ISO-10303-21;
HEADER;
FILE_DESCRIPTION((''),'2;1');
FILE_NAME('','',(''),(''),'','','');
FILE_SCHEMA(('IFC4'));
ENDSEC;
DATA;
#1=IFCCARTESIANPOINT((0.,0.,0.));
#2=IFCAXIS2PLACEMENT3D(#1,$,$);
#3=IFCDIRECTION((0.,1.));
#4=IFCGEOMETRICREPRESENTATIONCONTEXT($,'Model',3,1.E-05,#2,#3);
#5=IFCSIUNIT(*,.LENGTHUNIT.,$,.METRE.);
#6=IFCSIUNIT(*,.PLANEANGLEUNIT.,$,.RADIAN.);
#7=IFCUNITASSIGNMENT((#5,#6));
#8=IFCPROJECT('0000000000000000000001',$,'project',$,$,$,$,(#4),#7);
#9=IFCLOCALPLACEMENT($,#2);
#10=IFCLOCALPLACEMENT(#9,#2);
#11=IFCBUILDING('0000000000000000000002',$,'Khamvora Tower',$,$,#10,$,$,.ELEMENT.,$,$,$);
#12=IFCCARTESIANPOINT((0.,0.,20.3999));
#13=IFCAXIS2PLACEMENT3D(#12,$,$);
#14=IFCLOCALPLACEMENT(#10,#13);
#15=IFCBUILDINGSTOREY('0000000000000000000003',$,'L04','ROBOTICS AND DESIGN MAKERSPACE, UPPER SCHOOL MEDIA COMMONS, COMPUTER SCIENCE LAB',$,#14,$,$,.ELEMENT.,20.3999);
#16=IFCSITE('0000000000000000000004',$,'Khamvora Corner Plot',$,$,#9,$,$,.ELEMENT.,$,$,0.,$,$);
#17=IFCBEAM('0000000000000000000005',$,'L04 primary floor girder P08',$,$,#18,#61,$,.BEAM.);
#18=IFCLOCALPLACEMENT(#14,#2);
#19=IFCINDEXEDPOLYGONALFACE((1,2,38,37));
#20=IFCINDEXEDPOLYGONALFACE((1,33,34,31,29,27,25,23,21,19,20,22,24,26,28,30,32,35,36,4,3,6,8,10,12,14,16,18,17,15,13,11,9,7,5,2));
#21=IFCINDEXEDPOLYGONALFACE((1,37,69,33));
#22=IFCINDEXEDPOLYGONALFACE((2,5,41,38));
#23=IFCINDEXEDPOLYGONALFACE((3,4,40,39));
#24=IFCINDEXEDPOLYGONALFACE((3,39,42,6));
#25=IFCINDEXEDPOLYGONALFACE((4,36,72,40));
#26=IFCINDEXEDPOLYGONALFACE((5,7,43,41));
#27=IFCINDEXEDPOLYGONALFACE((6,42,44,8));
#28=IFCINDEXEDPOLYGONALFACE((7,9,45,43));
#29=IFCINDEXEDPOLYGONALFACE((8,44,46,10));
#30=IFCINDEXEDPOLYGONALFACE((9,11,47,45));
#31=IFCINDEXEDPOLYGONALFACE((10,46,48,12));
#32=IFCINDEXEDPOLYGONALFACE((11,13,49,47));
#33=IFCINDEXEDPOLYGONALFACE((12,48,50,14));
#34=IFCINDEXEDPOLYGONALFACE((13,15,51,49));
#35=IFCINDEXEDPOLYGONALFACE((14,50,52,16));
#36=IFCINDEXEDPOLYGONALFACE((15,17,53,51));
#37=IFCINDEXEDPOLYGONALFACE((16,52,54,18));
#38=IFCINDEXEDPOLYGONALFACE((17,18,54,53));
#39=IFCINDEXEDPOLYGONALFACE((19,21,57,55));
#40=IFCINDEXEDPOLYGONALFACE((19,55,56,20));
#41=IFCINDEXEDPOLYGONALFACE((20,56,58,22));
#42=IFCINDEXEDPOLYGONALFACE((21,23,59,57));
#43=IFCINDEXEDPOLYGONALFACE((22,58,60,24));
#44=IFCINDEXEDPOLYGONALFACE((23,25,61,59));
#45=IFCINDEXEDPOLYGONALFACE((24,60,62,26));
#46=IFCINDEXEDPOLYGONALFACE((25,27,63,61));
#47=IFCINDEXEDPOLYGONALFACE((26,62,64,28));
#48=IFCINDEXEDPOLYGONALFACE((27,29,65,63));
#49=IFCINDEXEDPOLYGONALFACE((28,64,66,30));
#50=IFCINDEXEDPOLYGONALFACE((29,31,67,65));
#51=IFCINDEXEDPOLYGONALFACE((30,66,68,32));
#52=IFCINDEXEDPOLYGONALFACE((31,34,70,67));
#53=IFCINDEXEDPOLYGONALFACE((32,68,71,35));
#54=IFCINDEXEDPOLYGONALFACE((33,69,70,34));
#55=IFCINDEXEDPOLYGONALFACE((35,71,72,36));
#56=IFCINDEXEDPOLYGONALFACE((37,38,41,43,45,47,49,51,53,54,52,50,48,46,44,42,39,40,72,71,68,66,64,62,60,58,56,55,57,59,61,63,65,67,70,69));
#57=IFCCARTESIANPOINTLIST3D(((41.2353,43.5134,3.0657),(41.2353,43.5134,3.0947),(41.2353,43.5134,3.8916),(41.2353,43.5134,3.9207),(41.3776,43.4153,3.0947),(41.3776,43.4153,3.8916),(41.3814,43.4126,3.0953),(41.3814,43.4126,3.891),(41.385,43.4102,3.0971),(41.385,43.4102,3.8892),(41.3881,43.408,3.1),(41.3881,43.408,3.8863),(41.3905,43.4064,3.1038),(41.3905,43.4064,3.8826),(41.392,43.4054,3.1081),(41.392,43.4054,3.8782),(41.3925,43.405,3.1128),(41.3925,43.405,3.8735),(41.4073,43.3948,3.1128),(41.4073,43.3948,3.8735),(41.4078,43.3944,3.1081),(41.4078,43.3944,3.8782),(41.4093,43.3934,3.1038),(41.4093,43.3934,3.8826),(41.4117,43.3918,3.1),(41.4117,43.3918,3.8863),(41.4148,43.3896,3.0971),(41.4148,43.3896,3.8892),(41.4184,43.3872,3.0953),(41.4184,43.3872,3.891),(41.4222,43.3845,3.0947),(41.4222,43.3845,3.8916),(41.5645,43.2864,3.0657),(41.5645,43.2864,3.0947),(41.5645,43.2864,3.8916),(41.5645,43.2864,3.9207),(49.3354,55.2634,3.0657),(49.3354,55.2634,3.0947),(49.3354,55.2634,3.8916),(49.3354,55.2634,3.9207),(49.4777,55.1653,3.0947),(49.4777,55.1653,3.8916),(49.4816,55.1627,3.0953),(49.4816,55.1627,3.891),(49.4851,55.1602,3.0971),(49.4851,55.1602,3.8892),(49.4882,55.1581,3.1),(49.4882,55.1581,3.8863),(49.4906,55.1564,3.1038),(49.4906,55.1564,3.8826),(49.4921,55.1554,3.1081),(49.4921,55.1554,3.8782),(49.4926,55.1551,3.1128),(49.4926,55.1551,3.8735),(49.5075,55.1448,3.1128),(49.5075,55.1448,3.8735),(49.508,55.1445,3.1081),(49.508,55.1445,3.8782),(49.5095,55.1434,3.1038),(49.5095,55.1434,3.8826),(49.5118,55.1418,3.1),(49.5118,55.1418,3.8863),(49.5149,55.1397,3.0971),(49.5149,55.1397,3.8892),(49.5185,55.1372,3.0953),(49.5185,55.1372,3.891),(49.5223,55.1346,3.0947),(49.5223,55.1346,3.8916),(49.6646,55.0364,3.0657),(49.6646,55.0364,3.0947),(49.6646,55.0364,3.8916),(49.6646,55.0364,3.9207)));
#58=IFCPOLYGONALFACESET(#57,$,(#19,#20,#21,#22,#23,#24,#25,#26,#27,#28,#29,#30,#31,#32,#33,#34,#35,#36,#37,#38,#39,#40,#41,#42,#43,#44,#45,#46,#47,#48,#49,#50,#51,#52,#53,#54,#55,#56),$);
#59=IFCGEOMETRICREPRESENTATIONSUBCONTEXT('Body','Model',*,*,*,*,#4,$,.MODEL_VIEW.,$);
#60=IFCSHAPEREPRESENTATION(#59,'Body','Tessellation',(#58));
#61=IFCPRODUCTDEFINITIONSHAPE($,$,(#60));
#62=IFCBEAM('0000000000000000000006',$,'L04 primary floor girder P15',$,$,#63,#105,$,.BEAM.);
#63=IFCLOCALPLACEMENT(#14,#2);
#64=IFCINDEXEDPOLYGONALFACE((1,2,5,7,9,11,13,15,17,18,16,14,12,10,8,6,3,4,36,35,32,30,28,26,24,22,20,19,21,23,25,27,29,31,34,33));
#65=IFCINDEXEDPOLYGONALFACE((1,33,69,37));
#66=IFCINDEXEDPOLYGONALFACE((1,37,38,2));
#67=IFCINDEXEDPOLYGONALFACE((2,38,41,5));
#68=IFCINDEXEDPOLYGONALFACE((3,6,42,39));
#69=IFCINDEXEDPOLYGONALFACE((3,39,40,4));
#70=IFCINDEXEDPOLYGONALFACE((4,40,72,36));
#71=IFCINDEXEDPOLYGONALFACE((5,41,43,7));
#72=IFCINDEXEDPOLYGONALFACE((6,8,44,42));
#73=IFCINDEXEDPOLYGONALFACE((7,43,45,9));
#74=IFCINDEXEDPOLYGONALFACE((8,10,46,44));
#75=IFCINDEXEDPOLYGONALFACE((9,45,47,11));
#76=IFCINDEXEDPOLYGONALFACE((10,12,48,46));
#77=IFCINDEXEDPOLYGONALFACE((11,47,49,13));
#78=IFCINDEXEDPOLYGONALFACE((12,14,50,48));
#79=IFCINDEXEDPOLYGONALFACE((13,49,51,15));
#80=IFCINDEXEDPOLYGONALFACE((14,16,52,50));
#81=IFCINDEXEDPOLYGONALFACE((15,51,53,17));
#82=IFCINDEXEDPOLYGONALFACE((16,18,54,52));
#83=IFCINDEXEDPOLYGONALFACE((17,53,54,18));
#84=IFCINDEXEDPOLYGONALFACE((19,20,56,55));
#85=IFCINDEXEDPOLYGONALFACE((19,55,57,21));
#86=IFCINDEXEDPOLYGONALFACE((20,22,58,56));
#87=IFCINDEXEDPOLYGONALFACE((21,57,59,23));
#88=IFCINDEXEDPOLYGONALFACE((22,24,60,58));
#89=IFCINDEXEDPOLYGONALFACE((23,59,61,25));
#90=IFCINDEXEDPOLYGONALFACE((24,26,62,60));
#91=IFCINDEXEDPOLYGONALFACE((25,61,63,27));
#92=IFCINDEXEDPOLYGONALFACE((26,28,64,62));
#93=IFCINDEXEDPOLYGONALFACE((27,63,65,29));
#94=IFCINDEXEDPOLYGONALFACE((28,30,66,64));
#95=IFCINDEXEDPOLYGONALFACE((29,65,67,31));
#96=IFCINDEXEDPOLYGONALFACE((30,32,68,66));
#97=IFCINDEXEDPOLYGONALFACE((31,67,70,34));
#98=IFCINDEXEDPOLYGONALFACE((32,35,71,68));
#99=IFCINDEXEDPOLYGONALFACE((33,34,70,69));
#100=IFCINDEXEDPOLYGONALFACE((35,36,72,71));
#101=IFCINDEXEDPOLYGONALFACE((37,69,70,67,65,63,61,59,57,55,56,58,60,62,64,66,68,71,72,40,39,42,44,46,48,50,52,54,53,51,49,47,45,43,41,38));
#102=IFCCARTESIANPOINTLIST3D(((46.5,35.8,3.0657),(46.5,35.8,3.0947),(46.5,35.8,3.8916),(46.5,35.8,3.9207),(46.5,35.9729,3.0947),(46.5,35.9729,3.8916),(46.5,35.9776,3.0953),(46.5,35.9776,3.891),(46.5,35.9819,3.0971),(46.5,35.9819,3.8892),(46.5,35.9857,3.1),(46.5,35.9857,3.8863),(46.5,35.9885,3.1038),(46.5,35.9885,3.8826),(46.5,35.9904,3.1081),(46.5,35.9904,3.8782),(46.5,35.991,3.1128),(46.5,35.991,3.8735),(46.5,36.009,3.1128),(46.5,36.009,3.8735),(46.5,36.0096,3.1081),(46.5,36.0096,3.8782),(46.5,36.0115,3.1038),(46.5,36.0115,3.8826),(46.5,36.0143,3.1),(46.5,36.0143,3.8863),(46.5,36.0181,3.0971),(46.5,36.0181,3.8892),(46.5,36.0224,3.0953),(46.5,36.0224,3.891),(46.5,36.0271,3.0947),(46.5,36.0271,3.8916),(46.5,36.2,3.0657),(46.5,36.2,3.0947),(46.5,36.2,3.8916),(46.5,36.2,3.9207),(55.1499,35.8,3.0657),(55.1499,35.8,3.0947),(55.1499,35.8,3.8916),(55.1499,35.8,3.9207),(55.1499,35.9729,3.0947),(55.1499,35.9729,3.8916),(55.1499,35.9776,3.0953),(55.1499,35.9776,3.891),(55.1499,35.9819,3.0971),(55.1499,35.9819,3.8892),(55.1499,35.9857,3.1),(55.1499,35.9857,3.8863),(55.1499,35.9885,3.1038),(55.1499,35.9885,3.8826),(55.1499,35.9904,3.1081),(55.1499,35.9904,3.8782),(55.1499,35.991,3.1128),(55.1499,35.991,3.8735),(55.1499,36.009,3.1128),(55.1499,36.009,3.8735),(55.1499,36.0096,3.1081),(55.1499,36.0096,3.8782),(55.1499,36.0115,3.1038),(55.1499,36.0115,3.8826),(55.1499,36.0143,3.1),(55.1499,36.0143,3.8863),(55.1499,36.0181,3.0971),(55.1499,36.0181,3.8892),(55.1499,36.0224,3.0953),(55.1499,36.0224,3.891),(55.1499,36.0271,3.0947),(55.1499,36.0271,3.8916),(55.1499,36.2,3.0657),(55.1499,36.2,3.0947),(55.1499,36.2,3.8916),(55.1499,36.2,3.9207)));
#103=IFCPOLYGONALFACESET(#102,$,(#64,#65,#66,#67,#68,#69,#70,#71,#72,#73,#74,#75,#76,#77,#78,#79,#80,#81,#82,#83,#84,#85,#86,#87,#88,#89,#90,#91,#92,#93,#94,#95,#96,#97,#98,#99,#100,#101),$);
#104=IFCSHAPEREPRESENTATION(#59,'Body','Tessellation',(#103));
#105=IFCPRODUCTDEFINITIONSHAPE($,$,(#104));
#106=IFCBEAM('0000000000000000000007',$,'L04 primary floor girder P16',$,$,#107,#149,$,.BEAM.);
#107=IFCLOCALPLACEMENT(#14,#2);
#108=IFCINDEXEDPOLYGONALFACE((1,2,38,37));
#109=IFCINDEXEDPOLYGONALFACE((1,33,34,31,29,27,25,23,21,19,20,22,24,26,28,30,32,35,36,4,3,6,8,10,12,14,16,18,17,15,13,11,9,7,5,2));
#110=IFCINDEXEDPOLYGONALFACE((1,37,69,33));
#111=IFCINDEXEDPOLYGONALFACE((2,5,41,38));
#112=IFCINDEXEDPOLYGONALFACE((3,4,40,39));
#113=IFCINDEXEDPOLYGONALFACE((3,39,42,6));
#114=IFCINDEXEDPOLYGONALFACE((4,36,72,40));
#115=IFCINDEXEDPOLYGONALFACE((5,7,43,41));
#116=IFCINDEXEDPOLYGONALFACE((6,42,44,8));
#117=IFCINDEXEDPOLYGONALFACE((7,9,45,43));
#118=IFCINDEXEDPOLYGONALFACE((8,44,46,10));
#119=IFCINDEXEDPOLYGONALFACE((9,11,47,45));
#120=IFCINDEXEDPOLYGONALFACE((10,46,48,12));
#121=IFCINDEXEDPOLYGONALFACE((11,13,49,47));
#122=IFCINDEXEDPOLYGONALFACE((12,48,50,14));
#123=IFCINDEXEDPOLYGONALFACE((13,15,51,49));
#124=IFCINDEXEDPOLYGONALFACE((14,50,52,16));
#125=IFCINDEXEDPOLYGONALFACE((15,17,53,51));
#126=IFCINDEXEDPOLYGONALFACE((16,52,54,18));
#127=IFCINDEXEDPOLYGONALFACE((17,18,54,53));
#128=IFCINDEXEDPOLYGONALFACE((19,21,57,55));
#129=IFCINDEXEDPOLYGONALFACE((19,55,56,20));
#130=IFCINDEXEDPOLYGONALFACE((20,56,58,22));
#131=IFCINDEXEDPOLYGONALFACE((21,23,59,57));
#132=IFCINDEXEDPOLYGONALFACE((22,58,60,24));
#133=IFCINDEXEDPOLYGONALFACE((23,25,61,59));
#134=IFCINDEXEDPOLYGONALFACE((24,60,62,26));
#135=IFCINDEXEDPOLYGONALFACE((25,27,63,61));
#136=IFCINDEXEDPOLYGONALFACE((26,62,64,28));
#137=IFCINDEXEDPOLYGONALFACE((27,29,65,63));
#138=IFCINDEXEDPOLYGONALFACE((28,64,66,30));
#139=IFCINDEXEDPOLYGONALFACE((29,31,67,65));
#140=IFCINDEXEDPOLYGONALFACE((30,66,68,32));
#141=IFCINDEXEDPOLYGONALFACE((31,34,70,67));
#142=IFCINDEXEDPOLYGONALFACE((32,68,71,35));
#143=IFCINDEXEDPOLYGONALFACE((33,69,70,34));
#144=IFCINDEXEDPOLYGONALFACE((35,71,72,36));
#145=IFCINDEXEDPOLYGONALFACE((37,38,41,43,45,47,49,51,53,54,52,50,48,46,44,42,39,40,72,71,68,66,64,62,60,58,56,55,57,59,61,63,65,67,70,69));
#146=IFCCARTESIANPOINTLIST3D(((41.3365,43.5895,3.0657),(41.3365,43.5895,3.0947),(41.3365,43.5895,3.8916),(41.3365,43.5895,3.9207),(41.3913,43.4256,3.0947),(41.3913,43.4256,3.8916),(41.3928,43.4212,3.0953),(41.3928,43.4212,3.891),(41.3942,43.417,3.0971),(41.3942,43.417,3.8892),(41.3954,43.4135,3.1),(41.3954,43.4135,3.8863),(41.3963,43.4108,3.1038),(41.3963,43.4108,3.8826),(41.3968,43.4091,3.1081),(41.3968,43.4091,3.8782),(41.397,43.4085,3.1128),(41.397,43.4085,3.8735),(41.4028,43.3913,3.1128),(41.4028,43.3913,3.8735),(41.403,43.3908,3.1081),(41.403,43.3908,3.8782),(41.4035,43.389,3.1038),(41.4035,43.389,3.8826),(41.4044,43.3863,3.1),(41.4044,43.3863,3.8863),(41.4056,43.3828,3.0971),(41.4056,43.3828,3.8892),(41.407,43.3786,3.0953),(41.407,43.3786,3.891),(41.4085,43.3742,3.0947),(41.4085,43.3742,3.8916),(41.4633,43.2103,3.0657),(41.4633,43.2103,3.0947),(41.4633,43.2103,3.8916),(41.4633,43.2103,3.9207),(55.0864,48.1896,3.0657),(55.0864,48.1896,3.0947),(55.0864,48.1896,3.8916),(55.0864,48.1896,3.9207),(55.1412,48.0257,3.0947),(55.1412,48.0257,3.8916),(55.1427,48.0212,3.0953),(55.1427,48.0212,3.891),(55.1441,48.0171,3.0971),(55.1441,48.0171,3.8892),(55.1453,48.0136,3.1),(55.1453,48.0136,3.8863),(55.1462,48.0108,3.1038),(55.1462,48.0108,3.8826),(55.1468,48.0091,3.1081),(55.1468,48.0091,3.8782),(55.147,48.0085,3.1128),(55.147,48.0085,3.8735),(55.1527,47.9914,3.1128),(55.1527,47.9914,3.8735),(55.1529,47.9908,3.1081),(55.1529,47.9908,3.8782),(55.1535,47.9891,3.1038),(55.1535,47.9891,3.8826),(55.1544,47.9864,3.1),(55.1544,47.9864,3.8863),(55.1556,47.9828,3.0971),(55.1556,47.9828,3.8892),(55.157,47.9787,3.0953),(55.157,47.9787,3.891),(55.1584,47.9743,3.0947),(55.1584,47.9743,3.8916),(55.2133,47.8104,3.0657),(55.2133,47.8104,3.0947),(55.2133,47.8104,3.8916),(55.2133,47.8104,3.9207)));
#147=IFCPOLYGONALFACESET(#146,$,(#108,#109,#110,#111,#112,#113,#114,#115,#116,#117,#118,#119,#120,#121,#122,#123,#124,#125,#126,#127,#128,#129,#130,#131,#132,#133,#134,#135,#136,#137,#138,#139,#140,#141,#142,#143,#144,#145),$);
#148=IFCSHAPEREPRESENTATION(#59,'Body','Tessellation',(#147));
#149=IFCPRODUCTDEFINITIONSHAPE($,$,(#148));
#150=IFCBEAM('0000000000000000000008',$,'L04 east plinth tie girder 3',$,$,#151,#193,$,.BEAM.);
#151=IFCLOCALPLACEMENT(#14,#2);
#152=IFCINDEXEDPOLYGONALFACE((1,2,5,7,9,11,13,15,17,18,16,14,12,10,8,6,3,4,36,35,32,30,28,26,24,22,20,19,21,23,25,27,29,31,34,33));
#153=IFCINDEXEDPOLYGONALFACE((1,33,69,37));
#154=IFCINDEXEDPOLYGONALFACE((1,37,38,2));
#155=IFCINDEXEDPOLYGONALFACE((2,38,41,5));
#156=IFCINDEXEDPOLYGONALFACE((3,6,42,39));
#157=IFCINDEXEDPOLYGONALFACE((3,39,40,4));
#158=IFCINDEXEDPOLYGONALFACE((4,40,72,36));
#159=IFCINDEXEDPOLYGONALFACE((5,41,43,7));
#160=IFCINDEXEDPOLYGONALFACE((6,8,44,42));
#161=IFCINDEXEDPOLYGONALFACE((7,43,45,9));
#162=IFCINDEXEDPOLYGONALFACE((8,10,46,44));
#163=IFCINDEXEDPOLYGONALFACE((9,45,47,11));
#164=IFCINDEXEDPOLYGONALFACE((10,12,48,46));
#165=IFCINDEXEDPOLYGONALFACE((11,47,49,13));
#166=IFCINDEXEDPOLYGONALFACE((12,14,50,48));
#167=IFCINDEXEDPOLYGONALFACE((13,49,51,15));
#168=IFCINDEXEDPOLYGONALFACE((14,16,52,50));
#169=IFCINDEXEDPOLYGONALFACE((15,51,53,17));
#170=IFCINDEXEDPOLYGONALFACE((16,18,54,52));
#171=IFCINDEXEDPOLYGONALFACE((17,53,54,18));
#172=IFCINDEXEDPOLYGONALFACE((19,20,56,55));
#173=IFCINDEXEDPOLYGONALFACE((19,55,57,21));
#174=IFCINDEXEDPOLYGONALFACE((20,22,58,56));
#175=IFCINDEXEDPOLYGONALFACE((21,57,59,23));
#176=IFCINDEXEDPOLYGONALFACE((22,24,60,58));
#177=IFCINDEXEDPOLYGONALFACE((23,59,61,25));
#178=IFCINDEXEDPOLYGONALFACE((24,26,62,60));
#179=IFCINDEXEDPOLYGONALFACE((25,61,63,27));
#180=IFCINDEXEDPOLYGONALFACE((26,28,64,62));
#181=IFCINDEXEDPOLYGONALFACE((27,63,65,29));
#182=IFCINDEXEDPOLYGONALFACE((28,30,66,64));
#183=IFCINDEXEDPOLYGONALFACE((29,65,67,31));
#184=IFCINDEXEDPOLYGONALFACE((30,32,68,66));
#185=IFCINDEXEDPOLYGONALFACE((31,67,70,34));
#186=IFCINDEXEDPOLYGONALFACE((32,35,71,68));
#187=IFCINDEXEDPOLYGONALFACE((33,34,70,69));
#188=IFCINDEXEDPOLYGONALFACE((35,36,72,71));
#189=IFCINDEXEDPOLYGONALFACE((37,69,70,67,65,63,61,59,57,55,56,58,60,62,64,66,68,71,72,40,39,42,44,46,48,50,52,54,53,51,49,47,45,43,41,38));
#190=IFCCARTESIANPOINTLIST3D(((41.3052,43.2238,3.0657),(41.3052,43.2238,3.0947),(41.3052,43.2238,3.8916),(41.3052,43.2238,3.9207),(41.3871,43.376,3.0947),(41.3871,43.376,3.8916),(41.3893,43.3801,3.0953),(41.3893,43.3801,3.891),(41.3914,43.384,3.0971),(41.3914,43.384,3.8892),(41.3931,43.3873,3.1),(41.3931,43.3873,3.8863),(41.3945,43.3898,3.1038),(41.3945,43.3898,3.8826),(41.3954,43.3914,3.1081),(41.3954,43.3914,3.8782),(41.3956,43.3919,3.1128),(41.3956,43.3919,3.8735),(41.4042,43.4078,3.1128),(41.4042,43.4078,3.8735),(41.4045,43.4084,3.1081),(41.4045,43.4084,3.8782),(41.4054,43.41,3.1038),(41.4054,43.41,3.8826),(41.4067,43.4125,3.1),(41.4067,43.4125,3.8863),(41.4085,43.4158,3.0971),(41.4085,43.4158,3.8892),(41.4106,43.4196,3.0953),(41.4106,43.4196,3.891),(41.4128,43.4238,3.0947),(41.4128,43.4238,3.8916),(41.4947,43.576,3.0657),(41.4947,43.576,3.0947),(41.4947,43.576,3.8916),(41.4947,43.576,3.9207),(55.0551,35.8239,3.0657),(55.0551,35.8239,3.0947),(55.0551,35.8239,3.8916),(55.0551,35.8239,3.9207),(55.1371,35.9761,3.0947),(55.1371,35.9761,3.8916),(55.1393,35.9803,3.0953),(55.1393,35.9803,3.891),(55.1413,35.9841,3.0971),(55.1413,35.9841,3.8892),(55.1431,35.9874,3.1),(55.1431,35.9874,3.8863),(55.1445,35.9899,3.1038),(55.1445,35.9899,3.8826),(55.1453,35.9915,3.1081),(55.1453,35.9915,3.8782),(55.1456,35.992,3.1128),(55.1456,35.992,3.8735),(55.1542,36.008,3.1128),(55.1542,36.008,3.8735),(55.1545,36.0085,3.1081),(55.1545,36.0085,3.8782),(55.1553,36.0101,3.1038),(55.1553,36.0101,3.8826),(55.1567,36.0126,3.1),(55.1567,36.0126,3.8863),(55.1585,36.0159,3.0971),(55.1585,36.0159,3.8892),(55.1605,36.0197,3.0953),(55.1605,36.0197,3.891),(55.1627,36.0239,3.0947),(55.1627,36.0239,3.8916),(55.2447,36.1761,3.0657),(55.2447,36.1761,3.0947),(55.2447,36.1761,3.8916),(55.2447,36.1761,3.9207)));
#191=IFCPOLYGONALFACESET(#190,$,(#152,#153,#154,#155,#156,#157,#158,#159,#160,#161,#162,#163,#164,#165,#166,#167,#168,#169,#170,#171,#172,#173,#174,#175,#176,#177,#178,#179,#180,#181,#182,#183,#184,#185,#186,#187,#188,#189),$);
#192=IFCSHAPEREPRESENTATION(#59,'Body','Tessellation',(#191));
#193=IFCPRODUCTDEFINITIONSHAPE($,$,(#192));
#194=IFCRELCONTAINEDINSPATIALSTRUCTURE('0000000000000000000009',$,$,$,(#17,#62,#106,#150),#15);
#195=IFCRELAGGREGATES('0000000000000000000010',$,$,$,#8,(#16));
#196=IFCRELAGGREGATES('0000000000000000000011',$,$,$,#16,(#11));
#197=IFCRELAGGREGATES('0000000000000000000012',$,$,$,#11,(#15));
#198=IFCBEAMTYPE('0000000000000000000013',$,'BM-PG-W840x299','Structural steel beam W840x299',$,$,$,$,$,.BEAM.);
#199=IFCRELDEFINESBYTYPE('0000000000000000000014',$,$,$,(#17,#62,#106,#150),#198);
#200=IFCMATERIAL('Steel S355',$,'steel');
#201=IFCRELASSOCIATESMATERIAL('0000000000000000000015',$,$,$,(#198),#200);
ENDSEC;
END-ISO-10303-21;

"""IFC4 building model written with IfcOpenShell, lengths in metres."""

from ifc_helpers import new_model, si_unit, direction, frame, origin, origin_2d, place, context, subcontext, project, spatial, i_section, extrude, material, material_profile, profile_set, type_object, element, save


model = new_model("IFC4")

# Units and contexts
model_context = context("Model", 3, precision=1e-05, world=origin(), true_north=direction((0.0, 1.0)))
body_context = subcontext(model_context, "Body", "Model", "MODEL_VIEW")
ifc_project = project(units=[si_unit("LENGTHUNIT", "METRE"), si_unit("PLANEANGLEUNIT", "RADIAN")], contexts=[model_context])

# Site, building, storey
site_placement = place(None, origin())
site = spatial("IfcSite", under=ifc_project, at=site_placement, Name="Khamvora Corner Plot", CompositionType="ELEMENT", RefElevation=0.0)
building_placement = place(site_placement, origin())
building = spatial("IfcBuilding", under=site, at=building_placement, Name="Khamvora Tower", CompositionType="ELEMENT")
storey_placement = place(building_placement, frame((0.0, 0.0, 20.3999)))
storey = spatial("IfcBuildingStorey", under=building, at=storey_placement, Name="L04", Description="ROBOTICS AND DESIGN MAKERSPACE, UPPER SCHOOL MEDIA COMMONS, COMPUTER SCIENCE LAB", CompositionType="ELEMENT", Elevation=20.3999)

# Beams
ifc_material_1 = material(Name="Steel S355", Category="steel")
ifc_material_profile_1 = material_profile(ifc_material_1, i_section(OverallWidth=0.3999, OverallDepth=0.855, WebThickness=0.0181, FlangeThickness=0.0291, FilletRadius=0.0181, at=origin_2d()), Name="W840x299")
ifc_profile_set_1 = profile_set([ifc_material_profile_1], Name="Steel S355")
beam_type_1 = type_object("IfcBeamType", Name="BM-PG-W840x299", Description="Structural steel beam W840x299", PredefinedType="BEAM", material=ifc_profile_set_1)
beam_1_placement = place(storey_placement, frame((41.3999, 43.3999, 3.4932), z_axis=(0.567574, 0.823322, 0.0), x_axis=(-0.823322, 0.567574, 0.0)))
element("IfcBeam", 1, at=beam_1_placement, inside=storey, type_object=beam_type_1, Name="L04 primary floor girder P08", PredefinedType="BEAM", context=body_context, shape_type="SweptSolid", body=[
    extrude(i_section(OverallWidth=0.3999, OverallDepth=0.855, WebThickness=0.0181, FlangeThickness=0.0291, FilletRadius=0.0181, at=origin_2d()), origin(), (0.0, 0.0, 1.0), 14.2715),
])
beam_2_placement = place(storey_placement, frame((46.5, 36.0, 3.4932), z_axis=(1.0, 0.0, 0.0), x_axis=(0.0, 1.0, 0.0)))
element("IfcBeam", 2, at=beam_2_placement, inside=storey, type_object=beam_type_1, Name="L04 primary floor girder P15", PredefinedType="BEAM", context=body_context, shape_type="SweptSolid", body=[
    extrude(i_section(OverallWidth=0.3999, OverallDepth=0.855, WebThickness=0.0181, FlangeThickness=0.0291, FilletRadius=0.0181, at=origin_2d()), origin(), (0.0, 0.0, 1.0), 8.6499),
])
beam_3_placement = place(storey_placement, frame((41.3999, 43.3999, 3.4932), z_axis=(0.948336, 0.317268, 0.0), x_axis=(-0.317268, 0.948336, 0.0)))
element("IfcBeam", 3, at=beam_3_placement, inside=storey, type_object=beam_type_1, Name="L04 primary floor girder P16", PredefinedType="BEAM", context=body_context, shape_type="SweptSolid", body=[
    extrude(i_section(OverallWidth=0.3999, OverallDepth=0.855, WebThickness=0.0181, FlangeThickness=0.0291, FilletRadius=0.0181, at=origin_2d()), origin(), (0.0, 0.0, 1.0), 14.499),
])
beam_4_placement = place(storey_placement, frame((55.1499, 36.0, 3.4932), z_axis=(-0.880577, 0.473904, 0.0), x_axis=(-0.473904, -0.880577, 0.0)))
element("IfcBeam", 4, at=beam_4_placement, inside=storey, type_object=beam_type_1, Name="L04 east plinth tie girder 3", PredefinedType="BEAM", context=body_context, shape_type="SweptSolid", body=[
    extrude(i_section(OverallWidth=0.3999, OverallDepth=0.855, WebThickness=0.0181, FlangeThickness=0.0291, FilletRadius=0.0181, at=origin_2d()), origin(), (0.0, 0.0, 1.0), 15.6147),
])

save(model, "model.ifc")
